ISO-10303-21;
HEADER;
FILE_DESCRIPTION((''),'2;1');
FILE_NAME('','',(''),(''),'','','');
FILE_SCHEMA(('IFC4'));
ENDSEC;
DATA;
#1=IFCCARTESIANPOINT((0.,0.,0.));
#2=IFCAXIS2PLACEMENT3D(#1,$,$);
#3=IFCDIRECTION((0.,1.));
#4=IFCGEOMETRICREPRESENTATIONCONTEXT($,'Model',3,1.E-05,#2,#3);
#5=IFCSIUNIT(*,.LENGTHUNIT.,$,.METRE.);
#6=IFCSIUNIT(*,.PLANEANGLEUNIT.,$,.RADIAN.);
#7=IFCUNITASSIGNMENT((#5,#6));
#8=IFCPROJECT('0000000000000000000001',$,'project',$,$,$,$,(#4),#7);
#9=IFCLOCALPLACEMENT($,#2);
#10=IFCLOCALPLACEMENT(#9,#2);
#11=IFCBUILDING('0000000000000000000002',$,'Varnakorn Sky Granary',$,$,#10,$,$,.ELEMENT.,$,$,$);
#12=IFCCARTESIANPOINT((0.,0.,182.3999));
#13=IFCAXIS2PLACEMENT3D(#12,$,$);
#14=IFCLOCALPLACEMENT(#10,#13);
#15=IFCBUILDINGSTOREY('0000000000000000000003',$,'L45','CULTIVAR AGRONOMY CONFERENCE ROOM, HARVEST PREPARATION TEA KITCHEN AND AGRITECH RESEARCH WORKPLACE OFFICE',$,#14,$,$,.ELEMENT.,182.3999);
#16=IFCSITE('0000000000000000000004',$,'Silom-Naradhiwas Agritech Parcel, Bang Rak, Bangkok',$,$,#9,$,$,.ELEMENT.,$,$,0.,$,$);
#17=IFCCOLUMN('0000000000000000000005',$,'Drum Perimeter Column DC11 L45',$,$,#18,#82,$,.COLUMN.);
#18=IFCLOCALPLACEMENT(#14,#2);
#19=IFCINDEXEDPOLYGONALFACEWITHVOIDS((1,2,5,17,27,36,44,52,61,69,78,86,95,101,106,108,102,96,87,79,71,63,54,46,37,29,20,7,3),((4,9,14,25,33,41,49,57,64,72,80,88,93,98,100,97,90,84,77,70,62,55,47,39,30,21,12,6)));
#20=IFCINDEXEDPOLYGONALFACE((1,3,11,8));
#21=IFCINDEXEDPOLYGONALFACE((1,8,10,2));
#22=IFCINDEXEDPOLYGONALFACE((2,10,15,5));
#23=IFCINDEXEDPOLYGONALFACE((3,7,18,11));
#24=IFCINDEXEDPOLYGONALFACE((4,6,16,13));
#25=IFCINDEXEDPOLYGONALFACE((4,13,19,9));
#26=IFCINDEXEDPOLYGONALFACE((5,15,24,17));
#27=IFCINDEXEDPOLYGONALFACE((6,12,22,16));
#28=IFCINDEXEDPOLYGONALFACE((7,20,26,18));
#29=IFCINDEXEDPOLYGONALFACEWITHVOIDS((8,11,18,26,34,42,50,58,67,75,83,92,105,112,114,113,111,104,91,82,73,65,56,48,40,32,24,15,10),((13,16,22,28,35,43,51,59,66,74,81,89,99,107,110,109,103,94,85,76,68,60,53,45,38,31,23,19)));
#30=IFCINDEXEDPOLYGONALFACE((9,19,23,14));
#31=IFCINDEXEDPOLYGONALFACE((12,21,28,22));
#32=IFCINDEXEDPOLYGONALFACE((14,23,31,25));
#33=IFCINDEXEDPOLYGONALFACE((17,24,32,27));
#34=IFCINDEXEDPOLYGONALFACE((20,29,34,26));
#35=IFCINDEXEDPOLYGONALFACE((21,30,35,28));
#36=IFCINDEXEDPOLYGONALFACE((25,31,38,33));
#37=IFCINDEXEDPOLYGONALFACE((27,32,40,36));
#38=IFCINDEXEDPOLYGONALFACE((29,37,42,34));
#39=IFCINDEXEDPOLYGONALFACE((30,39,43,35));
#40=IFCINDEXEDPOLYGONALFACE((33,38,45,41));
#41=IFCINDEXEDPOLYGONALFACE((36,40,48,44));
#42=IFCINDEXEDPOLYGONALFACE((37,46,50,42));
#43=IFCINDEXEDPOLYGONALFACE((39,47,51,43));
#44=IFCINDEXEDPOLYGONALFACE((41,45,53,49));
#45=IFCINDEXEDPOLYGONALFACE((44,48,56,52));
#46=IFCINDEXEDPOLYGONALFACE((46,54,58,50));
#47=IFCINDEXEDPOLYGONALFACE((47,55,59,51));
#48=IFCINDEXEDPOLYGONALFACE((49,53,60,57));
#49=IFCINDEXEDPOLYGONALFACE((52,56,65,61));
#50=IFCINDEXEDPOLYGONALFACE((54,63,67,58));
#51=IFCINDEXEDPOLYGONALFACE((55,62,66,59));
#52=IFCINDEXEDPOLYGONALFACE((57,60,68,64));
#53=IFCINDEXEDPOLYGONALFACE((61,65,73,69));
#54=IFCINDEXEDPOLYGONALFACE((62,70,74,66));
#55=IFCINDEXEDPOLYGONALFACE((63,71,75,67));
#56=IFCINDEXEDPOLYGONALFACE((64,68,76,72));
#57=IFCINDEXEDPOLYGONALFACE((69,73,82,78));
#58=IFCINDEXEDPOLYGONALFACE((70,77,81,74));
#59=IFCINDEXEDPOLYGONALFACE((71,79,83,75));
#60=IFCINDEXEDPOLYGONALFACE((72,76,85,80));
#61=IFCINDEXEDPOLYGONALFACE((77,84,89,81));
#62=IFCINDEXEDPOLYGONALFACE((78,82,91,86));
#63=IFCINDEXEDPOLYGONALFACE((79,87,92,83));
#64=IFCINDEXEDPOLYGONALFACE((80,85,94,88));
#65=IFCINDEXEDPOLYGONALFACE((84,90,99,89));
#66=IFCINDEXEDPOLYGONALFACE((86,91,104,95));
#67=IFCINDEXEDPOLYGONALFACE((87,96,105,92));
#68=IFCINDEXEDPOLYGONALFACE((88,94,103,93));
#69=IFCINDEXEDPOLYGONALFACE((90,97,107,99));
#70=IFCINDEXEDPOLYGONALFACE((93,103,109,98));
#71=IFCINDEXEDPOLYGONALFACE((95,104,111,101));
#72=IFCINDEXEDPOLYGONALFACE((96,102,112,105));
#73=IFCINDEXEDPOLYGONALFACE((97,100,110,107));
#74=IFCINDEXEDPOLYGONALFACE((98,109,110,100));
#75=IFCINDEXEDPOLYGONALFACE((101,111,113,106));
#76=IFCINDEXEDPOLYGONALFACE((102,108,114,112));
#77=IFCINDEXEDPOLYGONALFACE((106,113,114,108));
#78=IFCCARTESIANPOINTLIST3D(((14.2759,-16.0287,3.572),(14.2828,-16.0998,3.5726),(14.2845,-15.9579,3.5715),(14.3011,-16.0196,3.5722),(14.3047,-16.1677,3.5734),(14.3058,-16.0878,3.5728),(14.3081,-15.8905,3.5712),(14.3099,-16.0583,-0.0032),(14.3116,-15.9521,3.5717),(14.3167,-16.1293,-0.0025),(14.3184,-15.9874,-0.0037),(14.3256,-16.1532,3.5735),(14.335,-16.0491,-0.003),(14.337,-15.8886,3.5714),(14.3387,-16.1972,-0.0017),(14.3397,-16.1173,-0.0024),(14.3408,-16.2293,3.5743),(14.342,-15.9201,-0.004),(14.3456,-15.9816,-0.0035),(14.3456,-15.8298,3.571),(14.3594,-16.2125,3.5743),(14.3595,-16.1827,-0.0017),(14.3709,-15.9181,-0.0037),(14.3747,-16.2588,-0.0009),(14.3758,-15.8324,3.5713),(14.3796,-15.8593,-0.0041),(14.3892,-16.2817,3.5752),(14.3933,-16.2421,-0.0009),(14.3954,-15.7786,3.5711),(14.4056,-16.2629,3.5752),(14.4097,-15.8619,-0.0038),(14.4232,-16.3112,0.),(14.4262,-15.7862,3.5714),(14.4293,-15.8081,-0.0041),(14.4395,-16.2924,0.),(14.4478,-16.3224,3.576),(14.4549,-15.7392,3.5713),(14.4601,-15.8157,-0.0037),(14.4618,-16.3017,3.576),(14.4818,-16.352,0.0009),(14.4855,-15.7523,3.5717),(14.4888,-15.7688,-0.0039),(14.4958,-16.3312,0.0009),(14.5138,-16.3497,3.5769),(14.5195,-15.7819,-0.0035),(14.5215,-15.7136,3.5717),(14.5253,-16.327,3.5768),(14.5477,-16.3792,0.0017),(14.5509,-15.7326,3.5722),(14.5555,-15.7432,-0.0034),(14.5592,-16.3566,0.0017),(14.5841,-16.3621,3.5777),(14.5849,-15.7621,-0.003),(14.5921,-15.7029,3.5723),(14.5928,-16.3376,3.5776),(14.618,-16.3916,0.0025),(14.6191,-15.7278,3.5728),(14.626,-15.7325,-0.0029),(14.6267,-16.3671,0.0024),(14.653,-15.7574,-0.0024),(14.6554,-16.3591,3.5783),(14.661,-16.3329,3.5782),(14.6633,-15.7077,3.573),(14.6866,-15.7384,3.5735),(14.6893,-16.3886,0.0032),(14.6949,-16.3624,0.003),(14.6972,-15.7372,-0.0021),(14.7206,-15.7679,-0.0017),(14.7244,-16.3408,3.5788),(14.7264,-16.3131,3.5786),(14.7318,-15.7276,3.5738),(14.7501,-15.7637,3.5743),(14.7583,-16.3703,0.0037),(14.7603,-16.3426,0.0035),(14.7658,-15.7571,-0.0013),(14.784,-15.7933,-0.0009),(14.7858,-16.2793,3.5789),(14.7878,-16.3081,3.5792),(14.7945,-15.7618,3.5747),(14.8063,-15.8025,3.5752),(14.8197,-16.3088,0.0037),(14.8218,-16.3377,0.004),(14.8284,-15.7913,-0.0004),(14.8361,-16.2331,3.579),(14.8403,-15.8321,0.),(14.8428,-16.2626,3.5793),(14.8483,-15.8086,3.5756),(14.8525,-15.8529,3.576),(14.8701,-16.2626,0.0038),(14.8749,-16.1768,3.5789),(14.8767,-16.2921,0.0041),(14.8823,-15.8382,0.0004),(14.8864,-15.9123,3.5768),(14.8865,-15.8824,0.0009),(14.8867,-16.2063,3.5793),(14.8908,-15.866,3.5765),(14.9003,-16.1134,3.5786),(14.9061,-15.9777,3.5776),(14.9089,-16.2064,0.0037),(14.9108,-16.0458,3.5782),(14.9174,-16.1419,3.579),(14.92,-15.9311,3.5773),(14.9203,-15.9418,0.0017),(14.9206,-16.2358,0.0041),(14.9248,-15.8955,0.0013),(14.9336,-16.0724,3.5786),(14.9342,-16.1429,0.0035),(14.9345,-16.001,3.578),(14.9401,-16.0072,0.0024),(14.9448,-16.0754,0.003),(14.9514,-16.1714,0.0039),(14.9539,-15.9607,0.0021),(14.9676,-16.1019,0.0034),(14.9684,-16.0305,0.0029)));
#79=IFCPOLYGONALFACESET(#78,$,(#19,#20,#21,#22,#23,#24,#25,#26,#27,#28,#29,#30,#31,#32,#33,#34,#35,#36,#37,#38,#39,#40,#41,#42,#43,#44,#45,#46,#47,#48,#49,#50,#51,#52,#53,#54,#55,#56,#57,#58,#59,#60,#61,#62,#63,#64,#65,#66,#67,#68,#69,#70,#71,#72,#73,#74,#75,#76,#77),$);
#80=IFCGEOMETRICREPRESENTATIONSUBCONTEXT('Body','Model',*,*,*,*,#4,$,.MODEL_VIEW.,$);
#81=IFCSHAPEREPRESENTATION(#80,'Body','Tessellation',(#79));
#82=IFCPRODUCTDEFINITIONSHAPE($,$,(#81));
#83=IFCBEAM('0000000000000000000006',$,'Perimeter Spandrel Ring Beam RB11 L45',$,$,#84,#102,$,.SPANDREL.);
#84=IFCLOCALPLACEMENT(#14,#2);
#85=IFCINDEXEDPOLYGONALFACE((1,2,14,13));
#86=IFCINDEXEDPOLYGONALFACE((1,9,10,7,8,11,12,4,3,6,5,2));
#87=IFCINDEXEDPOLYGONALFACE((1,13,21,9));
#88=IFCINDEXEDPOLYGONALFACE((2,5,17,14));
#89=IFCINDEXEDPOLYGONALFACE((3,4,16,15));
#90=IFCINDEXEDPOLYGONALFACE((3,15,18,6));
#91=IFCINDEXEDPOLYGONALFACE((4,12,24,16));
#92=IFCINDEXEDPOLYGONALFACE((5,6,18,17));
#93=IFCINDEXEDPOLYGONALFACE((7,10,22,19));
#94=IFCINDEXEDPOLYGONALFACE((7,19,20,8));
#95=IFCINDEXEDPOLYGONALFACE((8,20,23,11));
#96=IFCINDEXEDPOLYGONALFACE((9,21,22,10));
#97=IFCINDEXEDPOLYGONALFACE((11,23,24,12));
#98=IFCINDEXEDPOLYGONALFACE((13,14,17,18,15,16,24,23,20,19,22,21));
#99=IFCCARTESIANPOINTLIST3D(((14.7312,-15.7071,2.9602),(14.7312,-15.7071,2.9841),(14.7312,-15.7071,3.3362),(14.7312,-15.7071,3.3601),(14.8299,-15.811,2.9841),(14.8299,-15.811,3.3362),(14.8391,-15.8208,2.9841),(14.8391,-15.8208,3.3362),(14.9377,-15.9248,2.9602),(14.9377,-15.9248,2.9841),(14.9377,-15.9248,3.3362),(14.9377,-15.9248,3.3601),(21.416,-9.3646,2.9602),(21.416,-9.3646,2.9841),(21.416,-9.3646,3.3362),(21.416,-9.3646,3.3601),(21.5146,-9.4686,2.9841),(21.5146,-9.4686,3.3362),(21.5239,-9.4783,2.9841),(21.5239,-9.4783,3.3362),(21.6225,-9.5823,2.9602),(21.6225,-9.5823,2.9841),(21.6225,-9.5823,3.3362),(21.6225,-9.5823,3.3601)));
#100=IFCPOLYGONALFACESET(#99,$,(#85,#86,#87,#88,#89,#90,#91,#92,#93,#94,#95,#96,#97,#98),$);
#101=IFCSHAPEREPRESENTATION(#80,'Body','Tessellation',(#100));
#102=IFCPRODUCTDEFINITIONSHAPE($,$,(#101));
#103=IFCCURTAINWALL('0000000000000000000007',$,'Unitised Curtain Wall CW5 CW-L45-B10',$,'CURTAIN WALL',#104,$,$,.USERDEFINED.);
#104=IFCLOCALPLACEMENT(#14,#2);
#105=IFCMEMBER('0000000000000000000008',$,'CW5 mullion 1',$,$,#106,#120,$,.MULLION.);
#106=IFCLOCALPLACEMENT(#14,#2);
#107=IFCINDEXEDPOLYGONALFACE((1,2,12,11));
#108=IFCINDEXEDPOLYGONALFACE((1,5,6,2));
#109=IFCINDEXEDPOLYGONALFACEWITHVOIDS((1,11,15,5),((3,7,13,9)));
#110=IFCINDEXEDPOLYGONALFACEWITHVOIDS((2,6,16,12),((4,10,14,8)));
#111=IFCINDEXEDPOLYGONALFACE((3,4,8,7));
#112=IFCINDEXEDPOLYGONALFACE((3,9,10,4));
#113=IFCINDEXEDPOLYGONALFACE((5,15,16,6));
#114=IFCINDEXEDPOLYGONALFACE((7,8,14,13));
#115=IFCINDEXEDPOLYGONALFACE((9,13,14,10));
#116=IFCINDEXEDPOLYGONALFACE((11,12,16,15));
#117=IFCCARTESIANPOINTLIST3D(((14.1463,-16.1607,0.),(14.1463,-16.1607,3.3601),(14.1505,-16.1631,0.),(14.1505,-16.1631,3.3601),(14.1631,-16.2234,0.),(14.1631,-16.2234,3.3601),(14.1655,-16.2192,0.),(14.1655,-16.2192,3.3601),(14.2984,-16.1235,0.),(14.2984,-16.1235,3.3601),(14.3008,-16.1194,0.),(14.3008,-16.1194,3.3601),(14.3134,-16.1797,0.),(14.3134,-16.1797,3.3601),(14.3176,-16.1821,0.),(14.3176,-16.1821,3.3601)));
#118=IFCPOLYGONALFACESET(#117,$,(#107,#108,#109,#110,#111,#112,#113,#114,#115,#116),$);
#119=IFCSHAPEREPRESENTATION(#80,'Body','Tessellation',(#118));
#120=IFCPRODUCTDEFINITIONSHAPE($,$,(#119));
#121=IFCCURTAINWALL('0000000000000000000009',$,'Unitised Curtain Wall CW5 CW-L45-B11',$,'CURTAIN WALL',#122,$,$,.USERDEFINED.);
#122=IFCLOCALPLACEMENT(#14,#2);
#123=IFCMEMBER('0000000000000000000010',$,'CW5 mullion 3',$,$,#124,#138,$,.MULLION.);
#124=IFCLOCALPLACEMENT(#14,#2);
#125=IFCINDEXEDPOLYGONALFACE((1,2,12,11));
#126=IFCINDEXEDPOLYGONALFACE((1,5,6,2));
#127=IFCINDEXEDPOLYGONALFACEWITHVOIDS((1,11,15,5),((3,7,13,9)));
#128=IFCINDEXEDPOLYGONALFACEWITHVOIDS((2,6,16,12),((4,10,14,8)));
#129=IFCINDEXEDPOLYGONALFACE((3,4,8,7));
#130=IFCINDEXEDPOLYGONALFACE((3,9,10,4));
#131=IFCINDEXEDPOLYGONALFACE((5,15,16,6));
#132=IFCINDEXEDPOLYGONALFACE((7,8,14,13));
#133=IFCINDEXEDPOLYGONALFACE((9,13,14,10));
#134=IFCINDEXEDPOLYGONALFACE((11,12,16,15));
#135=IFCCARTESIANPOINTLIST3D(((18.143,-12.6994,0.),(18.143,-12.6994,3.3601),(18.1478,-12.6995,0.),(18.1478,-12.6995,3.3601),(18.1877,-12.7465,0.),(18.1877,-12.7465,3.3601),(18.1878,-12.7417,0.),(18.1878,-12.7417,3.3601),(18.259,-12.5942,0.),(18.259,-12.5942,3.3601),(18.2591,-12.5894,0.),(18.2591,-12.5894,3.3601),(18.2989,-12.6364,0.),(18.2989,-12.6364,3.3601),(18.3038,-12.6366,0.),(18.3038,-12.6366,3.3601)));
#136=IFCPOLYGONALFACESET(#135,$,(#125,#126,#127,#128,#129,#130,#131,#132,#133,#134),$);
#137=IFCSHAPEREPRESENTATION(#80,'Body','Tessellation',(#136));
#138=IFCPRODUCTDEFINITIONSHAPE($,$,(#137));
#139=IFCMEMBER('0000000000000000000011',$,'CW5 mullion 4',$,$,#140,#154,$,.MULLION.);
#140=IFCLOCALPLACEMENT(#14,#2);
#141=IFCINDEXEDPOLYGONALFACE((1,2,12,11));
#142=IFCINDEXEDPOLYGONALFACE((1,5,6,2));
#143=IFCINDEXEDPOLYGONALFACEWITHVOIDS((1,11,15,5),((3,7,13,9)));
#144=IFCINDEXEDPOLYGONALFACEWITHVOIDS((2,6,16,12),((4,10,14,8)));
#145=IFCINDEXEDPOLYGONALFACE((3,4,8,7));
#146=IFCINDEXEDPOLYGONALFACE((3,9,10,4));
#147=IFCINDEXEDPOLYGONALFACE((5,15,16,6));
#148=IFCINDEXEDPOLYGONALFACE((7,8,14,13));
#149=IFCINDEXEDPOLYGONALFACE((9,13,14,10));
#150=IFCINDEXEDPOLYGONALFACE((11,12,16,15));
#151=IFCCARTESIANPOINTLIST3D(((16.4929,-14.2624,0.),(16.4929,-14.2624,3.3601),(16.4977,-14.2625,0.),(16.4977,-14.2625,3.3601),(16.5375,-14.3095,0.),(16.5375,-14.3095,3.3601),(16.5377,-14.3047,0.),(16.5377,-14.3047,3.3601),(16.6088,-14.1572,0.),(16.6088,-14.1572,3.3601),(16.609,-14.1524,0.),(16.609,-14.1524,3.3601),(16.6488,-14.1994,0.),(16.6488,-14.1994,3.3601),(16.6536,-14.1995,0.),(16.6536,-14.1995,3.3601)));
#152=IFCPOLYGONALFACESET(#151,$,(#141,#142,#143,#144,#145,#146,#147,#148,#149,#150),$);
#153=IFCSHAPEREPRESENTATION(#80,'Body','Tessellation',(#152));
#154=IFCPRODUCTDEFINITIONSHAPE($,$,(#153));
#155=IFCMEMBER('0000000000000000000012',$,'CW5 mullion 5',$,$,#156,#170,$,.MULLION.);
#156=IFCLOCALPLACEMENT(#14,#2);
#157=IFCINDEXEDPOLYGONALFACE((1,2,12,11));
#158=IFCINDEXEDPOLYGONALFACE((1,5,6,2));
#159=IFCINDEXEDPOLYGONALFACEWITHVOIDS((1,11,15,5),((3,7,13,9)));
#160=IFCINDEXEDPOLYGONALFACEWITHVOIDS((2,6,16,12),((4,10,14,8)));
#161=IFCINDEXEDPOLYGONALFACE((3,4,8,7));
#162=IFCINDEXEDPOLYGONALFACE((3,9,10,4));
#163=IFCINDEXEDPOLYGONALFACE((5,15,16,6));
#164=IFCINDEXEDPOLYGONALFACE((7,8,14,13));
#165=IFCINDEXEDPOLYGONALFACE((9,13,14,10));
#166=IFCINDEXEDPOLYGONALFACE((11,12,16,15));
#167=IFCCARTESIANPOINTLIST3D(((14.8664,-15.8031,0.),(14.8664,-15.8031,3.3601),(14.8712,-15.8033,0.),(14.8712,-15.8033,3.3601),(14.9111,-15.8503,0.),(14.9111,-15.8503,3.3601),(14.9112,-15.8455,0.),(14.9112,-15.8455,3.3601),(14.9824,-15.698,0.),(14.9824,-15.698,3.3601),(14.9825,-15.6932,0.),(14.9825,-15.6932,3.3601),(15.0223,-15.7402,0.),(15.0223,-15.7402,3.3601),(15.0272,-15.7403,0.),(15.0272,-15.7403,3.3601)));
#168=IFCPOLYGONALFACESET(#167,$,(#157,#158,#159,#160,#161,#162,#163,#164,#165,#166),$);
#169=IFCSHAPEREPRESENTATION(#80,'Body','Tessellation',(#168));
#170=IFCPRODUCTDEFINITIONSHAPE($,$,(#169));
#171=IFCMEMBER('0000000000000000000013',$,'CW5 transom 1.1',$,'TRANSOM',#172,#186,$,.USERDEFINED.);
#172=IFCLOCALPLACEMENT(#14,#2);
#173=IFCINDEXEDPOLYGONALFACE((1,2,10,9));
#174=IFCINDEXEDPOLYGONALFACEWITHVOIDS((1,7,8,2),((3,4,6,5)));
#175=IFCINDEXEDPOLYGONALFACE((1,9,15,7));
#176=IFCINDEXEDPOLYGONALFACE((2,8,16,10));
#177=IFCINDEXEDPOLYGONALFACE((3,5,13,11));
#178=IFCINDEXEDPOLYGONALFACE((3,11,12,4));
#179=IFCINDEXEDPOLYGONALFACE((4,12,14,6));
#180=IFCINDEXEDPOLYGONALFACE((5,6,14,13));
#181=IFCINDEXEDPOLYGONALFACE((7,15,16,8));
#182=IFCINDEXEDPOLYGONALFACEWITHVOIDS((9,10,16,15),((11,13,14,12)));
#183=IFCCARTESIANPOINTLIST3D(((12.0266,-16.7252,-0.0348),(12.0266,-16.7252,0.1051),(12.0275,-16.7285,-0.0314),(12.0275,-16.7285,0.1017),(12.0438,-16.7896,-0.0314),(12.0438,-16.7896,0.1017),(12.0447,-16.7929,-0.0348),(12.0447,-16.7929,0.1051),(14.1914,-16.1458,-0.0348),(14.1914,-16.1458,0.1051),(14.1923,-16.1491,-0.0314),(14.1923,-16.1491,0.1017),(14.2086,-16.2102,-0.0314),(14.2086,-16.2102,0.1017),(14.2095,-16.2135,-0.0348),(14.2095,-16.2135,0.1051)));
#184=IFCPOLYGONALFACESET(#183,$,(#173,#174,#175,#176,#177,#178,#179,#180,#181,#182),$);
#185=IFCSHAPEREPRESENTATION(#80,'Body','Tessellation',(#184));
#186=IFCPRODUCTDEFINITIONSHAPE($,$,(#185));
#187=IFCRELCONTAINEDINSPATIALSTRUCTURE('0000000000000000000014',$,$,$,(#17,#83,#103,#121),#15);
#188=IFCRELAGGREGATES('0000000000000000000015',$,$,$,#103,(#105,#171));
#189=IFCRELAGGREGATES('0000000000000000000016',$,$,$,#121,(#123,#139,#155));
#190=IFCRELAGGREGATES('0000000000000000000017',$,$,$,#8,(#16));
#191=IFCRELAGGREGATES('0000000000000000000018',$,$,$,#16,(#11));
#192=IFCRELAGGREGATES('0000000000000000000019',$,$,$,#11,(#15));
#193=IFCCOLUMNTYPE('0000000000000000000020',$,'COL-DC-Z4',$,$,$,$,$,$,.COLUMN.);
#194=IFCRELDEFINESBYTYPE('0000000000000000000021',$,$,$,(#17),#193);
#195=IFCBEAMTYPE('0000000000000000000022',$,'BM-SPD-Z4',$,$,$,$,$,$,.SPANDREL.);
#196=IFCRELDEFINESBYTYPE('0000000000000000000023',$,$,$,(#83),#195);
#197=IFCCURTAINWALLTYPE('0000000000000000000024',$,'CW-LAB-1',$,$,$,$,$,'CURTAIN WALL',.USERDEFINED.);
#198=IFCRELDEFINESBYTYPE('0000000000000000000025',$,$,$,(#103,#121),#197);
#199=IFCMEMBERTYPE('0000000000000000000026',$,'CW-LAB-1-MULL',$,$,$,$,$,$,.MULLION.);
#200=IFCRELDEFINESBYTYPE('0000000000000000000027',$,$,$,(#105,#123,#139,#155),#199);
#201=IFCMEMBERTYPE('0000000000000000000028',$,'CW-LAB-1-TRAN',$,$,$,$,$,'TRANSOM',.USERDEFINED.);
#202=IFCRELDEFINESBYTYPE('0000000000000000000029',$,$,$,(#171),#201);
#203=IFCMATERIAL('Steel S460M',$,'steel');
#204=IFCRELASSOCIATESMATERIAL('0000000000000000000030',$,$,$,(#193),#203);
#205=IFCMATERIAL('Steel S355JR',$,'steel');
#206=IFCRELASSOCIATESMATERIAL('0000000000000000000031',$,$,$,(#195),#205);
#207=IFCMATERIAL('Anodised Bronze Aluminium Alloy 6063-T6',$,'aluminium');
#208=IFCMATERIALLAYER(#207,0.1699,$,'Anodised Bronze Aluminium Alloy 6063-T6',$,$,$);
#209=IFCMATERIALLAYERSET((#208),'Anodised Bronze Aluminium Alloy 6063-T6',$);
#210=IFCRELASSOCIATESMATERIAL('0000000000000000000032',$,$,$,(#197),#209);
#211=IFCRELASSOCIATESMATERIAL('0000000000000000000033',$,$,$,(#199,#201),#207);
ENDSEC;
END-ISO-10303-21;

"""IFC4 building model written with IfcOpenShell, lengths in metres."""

from ifc_helpers import new_model, si_unit, direction, frame, origin, origin_2d, place, context, subcontext, project, spatial, hollow_rectangle, hollow_circle, i_section, extrude, material, layer, layer_set, material_profile, profile_set, type_object, element, aggregate, save


model = new_model("IFC4")

# Units and contexts
model_context = context("Model", 3, precision=1e-05, world=origin(), true_north=direction((0.0, 1.0)))
body_context = subcontext(model_context, "Body", "Model", "MODEL_VIEW")
ifc_project = project(units=[si_unit("LENGTHUNIT", "METRE"), si_unit("PLANEANGLEUNIT", "RADIAN")], contexts=[model_context])

# Site, building, storey
site_placement = place(None, origin())
site = spatial("IfcSite", under=ifc_project, at=site_placement, Name="Silom-Naradhiwas Agritech Parcel, Bang Rak, Bangkok", CompositionType="ELEMENT", RefElevation=0.0)
building_placement = place(site_placement, origin())
building = spatial("IfcBuilding", under=site, at=building_placement, Name="Varnakorn Sky Granary", CompositionType="ELEMENT")
storey_placement = place(building_placement, frame((0.0, 0.0, 182.3999)))
storey = spatial("IfcBuildingStorey", under=building, at=storey_placement, Name="L45", Description="CULTIVAR AGRONOMY CONFERENCE ROOM, HARVEST PREPARATION TEA KITCHEN AND AGRITECH RESEARCH WORKPLACE OFFICE", CompositionType="ELEMENT", Elevation=182.3999)

# Column
ifc_material_1 = material(Name="Steel S460M", Category="steel")
ifc_material_profile_1 = material_profile(ifc_material_1, hollow_circle(Radius=0.3301, WallThickness=0.0249, at=origin_2d()), Name="CHS 660x25")
ifc_profile_set_1 = profile_set([ifc_material_profile_1], Name="Steel S460M")
column_type = type_object("IfcColumnType", Name="COL-DC-Z4", PredefinedType="COLUMN", material=ifc_profile_set_1)
column_placement = place(storey_placement, frame((14.6399, -16.0623, 0.0), z_axis=(-0.009491, 0.008262, 0.999921), x_axis=(-0.656582, -0.754255, 0.0)))
element("IfcColumn", 1, at=column_placement, inside=storey, type_object=column_type, Name="Drum Perimeter Column DC11 L45", PredefinedType="COLUMN", context=body_context, shape_type="SweptSolid", body=[
    extrude(hollow_circle(Radius=0.3301, WallThickness=0.0249, at=origin_2d()), origin(), (0.0, 0.0, 1.0), 3.5754),
])

# Beam
ifc_material_2 = material(Name="Steel S355JR", Category="steel")
ifc_material_profile_2 = material_profile(ifc_material_2, i_section(OverallWidth=0.3, OverallDepth=0.3999, WebThickness=0.0134, FlangeThickness=0.0239, at=origin_2d()), Name="HE 400 B")
ifc_profile_set_2 = profile_set([ifc_material_profile_2], Name="Steel S355JR")
beam_type = type_object("IfcBeamType", Name="BM-SPD-Z4", PredefinedType="SPANDREL", material=ifc_profile_set_2)
beam_placement = place(storey_placement, frame((14.8345, -15.8159, 3.1602), z_axis=(0.725435, 0.68829, 0.0), x_axis=(-0.68829, 0.725435, 0.0)))
element("IfcBeam", 2, at=beam_placement, inside=storey, type_object=beam_type, Name="Perimeter Spandrel Ring Beam RB11 L45", PredefinedType="SPANDREL", context=body_context, shape_type="SweptSolid", body=[
    extrude(i_section(OverallWidth=0.3, OverallDepth=0.3999, WebThickness=0.0134, FlangeThickness=0.0239, at=origin_2d()), origin(), (0.0, 0.0, 1.0), 9.2148),
])

# Curtain wall, member
ifc_material_3 = material(Name="Anodised Bronze Aluminium Alloy 6063-T6", Category="aluminium")
ifc_layer_1 = layer(ifc_material_3, 0.1699, Name="Anodised Bronze Aluminium Alloy 6063-T6")
ifc_layer_set_1 = layer_set([ifc_layer_1], Name="Anodised Bronze Aluminium Alloy 6063-T6")
curtain_wall_type = type_object("IfcCurtainWallType", Name="CW-LAB-1", ElementType="CURTAIN WALL", PredefinedType="USERDEFINED", material=ifc_layer_set_1)
curtain_wall_1_placement = place(storey_placement, origin())
curtain_wall_1 = element("IfcCurtainWall", 3, at=curtain_wall_1_placement, inside=storey, type_object=curtain_wall_type, Name="Unitised Curtain Wall CW5 CW-L45-B10", ObjectType="CURTAIN WALL", PredefinedType="USERDEFINED")
ifc_material_profile_3 = material_profile(ifc_material_3, hollow_rectangle(XDim=0.0649, YDim=0.1599, WallThickness=0.0034, at=origin_2d()), Name="ALU MULL 65x160")
ifc_profile_set_3 = profile_set([ifc_material_profile_3], Name="Anodised Bronze Aluminium Alloy 6063-T6")
member_type_1 = type_object("IfcMemberType", Name="CW-LAB-1-MULL", PredefinedType="MULLION", material=ifc_profile_set_3)
member_1_placement = place(storey_placement, frame((14.2319, -16.1714, 0.0), z_axis=(0.0, 0.0, 1.0), x_axis=(0.258505, -0.96601, 0.0)))
member_1 = element("IfcMember", 4, at=member_1_placement, type_object=member_type_1, Name="CW5 mullion 1", PredefinedType="MULLION", context=body_context, shape_type="SweptSolid", body=[
    extrude(hollow_rectangle(XDim=0.0649, YDim=0.1599, WallThickness=0.0034, at=origin_2d()), origin(), (0.0, 0.0, 1.0), 3.3601),
])

# Curtain wall, members
curtain_wall_2_placement = place(storey_placement, origin())
curtain_wall_2 = element("IfcCurtainWall", 5, at=curtain_wall_2_placement, inside=storey, type_object=curtain_wall_type, Name="Unitised Curtain Wall CW5 CW-L45-B11", ObjectType="CURTAIN WALL", PredefinedType="USERDEFINED")
member_2_placement = place(storey_placement, frame((18.2234, -12.668, 0.0), z_axis=(0.0, 0.0, 1.0), x_axis=(0.687692, -0.726002, 0.0)))
member_2 = element("IfcMember", 6, at=member_2_placement, type_object=member_type_1, Name="CW5 mullion 3", PredefinedType="MULLION", context=body_context, shape_type="SweptSolid", body=[
    extrude(hollow_rectangle(XDim=0.0649, YDim=0.1599, WallThickness=0.0034, at=origin_2d()), origin(), (0.0, 0.0, 1.0), 3.3601),
])
member_3_placement = place(storey_placement, frame((16.5732, -14.231, 0.0), z_axis=(0.0, 0.0, 1.0), x_axis=(0.687692, -0.726002, 0.0)))
member_3 = element("IfcMember", 7, at=member_3_placement, type_object=member_type_1, Name="CW5 mullion 4", PredefinedType="MULLION", context=body_context, shape_type="SweptSolid", body=[
    extrude(hollow_rectangle(XDim=0.0649, YDim=0.1599, WallThickness=0.0034, at=origin_2d()), origin(), (0.0, 0.0, 1.0), 3.3601),
])
member_4_placement = place(storey_placement, frame((14.9468, -15.7717, 0.0), z_axis=(0.0, 0.0, 1.0), x_axis=(0.687692, -0.726002, 0.0)))
member_4 = element("IfcMember", 8, at=member_4_placement, type_object=member_type_1, Name="CW5 mullion 5", PredefinedType="MULLION", context=body_context, shape_type="SweptSolid", body=[
    extrude(hollow_rectangle(XDim=0.0649, YDim=0.1599, WallThickness=0.0034, at=origin_2d()), origin(), (0.0, 0.0, 1.0), 3.3601),
])

# Member
ifc_material_profile_4 = material_profile(ifc_material_3, hollow_rectangle(XDim=0.0701, YDim=0.1399, WallThickness=0.0034, at=origin_2d()), Name="ALU TRAN 70x140")
ifc_profile_set_4 = profile_set([ifc_material_profile_4], Name="Anodised Bronze Aluminium Alloy 6063-T6")
member_type_2 = type_object("IfcMemberType", Name="CW-LAB-1-TRAN", ElementType="TRANSOM", PredefinedType="USERDEFINED", material=ifc_profile_set_4)
member_5_placement = place(storey_placement, frame((14.2004, -16.1797, 0.0352), z_axis=(-0.966005, -0.258524, 0.0), x_axis=(0.258524, -0.966005, 0.0)))
member_5 = element("IfcMember", 9, at=member_5_placement, type_object=member_type_2, Name="CW5 transom 1.1", ObjectType="TRANSOM", PredefinedType="USERDEFINED", context=body_context, shape_type="SweptSolid", body=[
    extrude(hollow_rectangle(XDim=0.0701, YDim=0.1399, WallThickness=0.0034, at=origin_2d()), origin(), (0.0, 0.0, 1.0), 2.241),
])
aggregate(curtain_wall_1, [member_1, member_5])

aggregate(curtain_wall_2, [member_2, member_3, member_4])

save(model, "model.ifc")
